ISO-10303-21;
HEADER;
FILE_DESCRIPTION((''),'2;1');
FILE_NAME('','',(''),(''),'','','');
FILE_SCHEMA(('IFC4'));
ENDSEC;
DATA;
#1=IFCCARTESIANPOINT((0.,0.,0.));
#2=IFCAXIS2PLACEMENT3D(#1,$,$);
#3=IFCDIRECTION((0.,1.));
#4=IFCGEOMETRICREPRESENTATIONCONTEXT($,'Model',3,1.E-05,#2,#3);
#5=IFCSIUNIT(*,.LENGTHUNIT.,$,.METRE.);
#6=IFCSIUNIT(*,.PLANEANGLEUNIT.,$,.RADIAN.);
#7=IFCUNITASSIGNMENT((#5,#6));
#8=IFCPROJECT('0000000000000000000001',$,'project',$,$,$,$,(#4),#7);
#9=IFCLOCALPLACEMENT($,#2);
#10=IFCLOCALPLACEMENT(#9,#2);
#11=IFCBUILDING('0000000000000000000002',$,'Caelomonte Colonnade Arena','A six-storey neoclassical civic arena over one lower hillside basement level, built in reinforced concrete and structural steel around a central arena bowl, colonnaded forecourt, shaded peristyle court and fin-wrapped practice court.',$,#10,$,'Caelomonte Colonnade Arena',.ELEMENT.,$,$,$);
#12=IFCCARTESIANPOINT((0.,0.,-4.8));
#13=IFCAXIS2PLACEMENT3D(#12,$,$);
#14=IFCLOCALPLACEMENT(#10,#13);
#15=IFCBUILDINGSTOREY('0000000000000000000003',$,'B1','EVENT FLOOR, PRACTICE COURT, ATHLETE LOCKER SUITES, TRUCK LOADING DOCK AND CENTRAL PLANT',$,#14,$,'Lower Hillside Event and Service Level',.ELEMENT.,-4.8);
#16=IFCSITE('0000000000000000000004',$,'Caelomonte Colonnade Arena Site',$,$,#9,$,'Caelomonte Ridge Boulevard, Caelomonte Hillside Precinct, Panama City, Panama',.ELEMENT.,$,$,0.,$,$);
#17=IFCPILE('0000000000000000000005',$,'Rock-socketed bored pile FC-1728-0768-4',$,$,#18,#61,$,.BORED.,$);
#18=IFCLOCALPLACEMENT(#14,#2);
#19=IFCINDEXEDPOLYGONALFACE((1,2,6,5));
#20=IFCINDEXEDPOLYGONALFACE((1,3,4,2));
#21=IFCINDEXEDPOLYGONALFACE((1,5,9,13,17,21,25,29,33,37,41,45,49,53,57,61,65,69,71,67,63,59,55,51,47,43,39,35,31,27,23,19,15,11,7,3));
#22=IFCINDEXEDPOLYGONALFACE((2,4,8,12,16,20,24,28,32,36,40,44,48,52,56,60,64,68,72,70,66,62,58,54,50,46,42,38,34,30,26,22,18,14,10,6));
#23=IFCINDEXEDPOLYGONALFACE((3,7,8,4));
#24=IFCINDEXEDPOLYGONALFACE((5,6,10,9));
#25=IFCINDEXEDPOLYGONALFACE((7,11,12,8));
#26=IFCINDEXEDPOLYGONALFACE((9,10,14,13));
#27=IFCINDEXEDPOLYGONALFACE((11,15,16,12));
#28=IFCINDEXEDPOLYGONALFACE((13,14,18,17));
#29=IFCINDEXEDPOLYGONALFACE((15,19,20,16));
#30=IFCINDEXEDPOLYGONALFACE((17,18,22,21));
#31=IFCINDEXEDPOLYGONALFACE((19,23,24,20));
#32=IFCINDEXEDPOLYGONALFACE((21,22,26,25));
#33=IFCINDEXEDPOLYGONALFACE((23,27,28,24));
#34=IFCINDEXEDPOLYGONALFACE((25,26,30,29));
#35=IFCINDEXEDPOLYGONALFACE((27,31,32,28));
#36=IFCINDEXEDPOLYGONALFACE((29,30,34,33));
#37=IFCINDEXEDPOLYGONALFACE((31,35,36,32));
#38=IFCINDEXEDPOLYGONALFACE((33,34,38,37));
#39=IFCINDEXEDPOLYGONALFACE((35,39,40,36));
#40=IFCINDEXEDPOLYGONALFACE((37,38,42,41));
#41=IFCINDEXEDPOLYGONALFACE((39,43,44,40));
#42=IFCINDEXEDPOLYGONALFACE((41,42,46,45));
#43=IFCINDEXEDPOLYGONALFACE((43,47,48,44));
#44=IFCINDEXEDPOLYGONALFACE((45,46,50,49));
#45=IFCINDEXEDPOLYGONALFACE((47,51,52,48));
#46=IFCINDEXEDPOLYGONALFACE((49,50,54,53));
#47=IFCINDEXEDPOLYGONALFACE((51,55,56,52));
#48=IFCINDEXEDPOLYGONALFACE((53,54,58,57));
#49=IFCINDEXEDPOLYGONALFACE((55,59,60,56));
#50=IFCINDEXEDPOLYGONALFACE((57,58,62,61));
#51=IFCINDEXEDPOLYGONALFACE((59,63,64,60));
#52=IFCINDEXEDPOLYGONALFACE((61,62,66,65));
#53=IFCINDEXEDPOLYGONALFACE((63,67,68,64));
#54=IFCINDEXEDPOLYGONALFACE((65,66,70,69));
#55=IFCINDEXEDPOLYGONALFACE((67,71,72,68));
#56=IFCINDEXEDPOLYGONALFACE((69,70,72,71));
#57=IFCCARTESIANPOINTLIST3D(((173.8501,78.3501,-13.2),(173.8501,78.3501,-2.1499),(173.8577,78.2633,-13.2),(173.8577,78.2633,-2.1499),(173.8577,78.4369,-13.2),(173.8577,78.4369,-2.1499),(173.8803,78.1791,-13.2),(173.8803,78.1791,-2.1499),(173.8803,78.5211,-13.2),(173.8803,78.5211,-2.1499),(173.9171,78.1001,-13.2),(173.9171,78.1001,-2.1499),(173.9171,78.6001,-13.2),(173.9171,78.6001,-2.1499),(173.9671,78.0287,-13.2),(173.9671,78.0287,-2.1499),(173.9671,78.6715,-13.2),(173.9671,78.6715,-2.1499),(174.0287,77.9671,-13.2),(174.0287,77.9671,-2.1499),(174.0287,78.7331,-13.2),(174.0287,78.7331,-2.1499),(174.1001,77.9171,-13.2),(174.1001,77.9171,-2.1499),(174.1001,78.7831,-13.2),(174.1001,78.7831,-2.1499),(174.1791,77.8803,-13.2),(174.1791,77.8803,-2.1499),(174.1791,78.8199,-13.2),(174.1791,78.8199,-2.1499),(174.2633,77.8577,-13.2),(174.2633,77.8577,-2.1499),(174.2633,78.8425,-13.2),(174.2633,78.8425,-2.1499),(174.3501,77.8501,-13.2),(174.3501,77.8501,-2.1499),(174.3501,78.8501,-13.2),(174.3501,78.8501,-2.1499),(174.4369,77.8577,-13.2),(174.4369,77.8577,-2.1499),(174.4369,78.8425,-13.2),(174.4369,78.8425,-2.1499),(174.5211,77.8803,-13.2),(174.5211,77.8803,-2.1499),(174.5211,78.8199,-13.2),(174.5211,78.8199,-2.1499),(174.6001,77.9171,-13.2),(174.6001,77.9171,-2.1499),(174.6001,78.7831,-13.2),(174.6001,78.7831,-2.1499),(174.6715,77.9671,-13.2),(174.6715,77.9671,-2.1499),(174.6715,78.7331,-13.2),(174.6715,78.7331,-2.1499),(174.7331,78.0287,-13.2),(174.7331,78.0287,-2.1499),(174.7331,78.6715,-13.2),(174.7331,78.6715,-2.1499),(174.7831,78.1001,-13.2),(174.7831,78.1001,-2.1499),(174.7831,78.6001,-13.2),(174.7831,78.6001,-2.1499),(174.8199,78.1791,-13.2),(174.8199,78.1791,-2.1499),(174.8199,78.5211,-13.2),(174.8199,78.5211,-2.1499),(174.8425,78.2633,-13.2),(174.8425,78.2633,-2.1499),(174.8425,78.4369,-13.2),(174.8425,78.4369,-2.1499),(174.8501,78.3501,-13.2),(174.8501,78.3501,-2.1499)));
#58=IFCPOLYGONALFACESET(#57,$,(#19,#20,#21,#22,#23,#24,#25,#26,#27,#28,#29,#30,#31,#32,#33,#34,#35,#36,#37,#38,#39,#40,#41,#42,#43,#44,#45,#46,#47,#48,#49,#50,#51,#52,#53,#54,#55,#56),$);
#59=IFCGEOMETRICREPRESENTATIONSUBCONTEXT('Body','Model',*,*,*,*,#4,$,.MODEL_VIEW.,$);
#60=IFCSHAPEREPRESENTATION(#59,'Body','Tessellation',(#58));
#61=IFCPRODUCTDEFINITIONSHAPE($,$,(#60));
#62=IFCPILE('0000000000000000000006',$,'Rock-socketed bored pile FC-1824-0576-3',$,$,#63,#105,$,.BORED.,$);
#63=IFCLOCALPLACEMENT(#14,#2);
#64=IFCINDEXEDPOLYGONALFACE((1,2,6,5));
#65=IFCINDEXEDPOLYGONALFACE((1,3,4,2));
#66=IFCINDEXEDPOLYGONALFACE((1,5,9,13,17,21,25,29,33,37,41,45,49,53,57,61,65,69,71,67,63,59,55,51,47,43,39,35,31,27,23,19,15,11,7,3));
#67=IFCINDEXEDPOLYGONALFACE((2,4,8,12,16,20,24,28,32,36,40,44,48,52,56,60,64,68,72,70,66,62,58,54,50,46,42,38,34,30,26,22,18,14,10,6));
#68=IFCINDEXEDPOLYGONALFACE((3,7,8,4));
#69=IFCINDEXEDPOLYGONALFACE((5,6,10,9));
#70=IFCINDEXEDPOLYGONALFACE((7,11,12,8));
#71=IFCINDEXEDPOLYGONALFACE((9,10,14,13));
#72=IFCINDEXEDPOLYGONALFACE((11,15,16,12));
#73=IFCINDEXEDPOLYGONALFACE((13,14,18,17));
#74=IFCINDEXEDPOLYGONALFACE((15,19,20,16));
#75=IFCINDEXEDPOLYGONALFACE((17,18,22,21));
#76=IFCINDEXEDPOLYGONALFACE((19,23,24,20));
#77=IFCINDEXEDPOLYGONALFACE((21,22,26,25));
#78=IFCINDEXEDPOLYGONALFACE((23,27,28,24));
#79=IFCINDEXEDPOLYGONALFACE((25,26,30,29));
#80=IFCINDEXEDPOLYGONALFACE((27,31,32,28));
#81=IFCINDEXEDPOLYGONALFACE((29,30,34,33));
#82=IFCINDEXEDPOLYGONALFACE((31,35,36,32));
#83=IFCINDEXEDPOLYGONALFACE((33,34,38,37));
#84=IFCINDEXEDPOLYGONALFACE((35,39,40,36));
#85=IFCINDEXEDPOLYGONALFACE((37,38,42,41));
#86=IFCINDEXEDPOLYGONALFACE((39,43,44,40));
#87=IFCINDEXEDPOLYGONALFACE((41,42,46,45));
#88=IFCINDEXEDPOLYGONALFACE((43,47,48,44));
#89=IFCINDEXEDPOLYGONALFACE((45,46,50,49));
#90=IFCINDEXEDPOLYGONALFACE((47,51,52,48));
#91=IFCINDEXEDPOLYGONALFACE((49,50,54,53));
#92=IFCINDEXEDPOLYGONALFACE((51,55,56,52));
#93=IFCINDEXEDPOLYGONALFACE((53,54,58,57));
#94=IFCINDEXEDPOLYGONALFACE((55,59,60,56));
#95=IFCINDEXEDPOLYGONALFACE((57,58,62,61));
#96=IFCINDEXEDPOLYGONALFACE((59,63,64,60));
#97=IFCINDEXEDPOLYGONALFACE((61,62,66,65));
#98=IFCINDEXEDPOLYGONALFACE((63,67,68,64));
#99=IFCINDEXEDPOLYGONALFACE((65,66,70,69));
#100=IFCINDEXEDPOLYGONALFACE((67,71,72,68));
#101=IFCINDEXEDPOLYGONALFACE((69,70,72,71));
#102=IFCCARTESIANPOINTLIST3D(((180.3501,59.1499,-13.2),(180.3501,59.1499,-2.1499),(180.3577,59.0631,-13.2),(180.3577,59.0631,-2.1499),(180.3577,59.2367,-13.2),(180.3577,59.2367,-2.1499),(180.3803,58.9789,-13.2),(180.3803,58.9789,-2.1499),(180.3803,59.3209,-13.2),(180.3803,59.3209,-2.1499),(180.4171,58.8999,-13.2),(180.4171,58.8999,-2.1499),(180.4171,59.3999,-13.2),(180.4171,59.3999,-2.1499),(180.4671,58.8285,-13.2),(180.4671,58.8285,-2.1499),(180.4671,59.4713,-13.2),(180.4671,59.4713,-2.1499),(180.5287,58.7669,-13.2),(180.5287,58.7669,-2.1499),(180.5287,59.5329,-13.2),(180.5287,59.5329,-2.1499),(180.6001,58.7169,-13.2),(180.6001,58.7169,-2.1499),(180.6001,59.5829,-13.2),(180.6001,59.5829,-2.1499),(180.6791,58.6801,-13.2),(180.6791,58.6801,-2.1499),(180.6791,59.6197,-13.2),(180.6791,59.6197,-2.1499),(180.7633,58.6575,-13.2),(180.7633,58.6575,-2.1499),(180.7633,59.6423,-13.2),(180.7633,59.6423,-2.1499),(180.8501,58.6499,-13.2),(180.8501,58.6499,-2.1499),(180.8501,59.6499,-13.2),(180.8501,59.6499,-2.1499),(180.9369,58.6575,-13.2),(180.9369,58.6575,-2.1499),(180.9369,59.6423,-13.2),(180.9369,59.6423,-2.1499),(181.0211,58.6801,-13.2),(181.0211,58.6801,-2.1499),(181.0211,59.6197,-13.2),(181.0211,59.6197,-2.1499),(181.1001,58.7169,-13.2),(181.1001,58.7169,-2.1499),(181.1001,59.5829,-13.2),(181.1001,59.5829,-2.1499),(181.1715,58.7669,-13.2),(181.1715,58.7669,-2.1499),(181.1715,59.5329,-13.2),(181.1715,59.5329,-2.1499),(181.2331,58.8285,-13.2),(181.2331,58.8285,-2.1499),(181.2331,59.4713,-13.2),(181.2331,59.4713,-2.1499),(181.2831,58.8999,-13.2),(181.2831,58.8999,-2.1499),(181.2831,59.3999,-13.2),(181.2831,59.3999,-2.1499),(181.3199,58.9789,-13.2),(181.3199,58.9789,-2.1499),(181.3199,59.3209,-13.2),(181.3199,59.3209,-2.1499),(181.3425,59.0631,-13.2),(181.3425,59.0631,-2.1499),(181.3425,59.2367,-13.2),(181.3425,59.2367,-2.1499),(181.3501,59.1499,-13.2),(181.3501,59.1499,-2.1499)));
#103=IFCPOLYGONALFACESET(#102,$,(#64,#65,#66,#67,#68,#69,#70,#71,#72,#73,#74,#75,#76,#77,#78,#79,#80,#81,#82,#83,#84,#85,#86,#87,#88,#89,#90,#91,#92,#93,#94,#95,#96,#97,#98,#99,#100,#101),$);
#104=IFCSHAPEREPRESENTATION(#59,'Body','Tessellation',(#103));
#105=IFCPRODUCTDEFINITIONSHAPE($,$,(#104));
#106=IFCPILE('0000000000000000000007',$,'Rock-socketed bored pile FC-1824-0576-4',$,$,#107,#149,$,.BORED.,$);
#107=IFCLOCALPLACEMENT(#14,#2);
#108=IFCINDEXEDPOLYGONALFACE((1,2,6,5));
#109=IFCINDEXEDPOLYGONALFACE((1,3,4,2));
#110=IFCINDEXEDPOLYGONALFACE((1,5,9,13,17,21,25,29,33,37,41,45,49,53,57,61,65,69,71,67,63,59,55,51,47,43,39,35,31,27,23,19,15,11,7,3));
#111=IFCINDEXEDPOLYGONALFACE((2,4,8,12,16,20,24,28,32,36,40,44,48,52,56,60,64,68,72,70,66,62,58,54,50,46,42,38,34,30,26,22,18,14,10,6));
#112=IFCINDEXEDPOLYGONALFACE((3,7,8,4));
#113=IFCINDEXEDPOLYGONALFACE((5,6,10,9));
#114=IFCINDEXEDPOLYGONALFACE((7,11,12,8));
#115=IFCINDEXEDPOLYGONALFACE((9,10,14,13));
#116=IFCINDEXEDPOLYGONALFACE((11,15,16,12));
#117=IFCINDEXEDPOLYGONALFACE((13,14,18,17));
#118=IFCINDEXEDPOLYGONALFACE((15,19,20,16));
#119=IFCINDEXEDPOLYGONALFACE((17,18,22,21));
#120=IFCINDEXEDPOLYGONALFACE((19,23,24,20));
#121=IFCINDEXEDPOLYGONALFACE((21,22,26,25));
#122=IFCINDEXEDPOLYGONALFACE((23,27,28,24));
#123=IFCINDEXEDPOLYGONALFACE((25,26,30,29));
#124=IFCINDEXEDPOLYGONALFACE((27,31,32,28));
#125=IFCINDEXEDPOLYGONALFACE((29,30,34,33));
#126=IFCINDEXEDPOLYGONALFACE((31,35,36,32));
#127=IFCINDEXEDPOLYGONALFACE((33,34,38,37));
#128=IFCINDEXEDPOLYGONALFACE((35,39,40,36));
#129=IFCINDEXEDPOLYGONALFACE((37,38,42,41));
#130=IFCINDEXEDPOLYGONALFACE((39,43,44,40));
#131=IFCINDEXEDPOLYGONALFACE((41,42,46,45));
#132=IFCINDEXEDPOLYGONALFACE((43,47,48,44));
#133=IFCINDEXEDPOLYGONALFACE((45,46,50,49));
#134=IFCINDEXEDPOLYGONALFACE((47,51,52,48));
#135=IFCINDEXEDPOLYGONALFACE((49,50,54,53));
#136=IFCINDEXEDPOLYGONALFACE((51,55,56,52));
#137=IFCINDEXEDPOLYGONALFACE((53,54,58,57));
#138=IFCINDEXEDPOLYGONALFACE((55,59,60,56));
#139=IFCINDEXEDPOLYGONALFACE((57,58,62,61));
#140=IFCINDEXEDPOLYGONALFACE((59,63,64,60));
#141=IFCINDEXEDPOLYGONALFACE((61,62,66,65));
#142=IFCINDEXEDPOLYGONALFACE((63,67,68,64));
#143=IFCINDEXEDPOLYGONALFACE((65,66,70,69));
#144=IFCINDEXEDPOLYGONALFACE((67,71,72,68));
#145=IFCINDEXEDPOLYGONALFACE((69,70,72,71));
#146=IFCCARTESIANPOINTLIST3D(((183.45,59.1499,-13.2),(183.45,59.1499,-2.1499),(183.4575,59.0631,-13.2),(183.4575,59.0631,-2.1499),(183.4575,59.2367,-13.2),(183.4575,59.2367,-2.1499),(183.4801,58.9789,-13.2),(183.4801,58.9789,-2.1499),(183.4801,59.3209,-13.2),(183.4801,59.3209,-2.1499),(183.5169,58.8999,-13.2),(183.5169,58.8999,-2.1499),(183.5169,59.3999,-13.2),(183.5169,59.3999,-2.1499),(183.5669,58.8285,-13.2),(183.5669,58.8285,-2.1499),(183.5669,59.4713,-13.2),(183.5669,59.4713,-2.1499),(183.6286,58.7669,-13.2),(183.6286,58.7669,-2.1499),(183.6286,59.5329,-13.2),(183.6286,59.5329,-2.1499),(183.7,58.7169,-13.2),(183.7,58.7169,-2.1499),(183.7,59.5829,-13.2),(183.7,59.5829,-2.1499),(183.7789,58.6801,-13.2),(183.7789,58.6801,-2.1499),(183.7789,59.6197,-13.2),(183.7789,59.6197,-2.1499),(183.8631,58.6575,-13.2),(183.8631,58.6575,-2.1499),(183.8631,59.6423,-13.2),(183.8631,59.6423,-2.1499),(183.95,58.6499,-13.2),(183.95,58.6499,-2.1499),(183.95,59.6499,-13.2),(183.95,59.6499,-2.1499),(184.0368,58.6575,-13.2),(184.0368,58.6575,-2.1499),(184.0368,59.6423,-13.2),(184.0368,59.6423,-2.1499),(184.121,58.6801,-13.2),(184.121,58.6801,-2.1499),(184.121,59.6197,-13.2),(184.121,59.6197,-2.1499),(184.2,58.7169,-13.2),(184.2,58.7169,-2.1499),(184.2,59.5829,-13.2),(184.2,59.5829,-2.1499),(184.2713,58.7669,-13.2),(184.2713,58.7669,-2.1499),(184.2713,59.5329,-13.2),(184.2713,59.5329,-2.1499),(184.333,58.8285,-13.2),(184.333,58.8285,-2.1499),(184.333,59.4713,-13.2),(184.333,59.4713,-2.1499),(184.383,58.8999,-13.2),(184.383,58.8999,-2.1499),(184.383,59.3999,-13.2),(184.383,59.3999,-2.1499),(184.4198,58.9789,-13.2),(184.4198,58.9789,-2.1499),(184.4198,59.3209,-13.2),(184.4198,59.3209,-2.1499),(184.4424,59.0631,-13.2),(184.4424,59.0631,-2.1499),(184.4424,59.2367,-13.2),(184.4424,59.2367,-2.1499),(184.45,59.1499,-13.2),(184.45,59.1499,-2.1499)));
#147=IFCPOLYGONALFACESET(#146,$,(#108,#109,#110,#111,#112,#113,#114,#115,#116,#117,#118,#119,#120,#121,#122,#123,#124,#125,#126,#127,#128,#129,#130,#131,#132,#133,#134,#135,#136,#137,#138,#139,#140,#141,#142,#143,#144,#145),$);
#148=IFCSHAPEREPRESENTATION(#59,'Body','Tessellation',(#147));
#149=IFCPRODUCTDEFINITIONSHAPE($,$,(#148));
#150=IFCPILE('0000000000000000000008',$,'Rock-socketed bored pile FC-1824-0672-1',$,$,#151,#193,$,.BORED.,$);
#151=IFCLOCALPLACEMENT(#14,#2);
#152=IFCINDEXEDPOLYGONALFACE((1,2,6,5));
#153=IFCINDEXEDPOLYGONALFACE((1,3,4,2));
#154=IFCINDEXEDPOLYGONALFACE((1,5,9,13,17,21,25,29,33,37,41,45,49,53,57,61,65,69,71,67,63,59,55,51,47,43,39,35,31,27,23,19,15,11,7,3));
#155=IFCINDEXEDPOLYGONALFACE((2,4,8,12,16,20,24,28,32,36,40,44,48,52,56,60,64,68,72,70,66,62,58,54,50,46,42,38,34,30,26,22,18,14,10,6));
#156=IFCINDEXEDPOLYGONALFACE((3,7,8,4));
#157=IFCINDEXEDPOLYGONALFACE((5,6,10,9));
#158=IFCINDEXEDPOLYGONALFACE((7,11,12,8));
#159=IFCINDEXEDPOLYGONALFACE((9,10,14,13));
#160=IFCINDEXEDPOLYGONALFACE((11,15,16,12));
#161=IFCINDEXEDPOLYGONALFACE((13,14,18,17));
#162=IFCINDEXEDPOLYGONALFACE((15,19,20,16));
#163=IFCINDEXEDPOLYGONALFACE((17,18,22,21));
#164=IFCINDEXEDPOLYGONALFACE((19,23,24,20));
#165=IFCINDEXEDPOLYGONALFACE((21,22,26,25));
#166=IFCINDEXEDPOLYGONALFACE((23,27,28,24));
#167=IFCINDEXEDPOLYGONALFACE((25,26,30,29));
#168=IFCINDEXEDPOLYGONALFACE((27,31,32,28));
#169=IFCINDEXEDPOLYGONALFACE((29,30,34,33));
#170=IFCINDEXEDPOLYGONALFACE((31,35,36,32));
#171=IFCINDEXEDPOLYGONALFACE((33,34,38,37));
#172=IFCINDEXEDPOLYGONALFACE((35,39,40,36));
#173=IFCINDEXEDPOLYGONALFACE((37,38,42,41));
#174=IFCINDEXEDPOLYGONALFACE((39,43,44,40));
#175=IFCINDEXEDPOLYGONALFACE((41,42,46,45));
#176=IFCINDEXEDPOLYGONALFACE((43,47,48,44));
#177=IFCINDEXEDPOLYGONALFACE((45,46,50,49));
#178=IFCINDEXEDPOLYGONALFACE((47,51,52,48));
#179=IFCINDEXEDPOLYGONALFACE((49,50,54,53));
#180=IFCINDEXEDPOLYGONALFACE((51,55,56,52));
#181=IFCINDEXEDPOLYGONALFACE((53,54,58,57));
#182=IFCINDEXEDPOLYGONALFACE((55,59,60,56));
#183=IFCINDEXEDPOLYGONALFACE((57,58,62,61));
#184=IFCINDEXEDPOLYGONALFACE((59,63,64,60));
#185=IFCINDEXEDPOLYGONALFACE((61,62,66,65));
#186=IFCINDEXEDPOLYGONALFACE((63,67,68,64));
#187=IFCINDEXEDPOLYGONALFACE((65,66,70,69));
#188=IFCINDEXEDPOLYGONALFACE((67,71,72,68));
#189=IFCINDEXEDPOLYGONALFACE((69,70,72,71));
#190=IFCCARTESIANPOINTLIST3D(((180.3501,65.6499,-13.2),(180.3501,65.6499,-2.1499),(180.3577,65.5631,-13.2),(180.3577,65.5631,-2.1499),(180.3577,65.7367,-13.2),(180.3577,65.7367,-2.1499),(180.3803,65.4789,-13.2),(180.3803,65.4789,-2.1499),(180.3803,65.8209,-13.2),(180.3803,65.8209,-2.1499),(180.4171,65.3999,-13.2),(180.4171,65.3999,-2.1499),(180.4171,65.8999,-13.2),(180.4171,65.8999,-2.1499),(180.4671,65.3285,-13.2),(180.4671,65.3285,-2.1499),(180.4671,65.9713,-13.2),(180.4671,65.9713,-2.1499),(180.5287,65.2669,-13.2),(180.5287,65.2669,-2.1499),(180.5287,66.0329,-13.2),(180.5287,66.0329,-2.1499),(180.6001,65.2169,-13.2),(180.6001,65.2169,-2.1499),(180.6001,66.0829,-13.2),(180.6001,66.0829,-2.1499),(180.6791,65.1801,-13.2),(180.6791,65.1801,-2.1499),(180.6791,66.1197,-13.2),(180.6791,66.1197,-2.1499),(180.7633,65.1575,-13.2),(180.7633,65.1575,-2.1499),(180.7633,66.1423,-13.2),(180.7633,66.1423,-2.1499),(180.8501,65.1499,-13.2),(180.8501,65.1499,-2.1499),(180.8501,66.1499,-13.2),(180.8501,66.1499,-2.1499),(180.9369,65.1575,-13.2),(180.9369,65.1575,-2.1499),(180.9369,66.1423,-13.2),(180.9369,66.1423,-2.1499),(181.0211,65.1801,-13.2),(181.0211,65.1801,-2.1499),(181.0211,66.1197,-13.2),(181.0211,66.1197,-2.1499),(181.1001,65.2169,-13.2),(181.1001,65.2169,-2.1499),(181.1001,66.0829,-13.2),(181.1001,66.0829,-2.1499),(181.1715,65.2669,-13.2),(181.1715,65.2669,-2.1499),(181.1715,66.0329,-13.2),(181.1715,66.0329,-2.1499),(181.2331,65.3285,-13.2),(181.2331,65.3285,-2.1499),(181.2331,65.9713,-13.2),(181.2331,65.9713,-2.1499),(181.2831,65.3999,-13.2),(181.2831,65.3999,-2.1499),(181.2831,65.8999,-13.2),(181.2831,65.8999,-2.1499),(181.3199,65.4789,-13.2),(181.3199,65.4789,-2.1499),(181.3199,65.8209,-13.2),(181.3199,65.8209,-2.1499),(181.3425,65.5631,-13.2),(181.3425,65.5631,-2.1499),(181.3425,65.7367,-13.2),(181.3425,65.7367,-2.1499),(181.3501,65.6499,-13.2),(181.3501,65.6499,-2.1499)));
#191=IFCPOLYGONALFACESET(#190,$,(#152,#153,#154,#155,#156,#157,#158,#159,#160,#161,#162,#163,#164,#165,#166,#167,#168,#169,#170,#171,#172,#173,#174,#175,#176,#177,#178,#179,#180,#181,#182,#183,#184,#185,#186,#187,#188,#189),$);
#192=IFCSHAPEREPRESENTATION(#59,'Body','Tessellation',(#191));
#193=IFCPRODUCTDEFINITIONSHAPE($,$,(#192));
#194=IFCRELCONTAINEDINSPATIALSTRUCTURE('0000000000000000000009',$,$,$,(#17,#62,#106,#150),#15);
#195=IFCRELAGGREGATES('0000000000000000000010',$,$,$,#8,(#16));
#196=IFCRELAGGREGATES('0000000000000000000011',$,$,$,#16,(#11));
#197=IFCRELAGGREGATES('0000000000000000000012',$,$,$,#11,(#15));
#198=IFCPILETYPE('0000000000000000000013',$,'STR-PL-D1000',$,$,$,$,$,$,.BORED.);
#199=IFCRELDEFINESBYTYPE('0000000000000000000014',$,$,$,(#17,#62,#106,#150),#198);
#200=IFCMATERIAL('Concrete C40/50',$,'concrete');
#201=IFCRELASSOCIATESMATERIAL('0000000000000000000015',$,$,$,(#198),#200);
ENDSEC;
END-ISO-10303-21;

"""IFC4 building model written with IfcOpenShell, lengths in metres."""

from ifc_helpers import new_model, si_unit, direction, frame, origin, origin_2d, place, context, subcontext, project, spatial, circle, extrude, material, material_profile, profile_set, type_object, element, save


model = new_model("IFC4")

# Units and contexts
model_context = context("Model", 3, precision=1e-05, world=origin(), true_north=direction((0.0, 1.0)))
body_context = subcontext(model_context, "Body", "Model", "MODEL_VIEW")
ifc_project = project(units=[si_unit("LENGTHUNIT", "METRE"), si_unit("PLANEANGLEUNIT", "RADIAN")], contexts=[model_context])

# Site, building, storey
site_placement = place(None, origin())
site = spatial("IfcSite", under=ifc_project, at=site_placement, Name="Caelomonte Colonnade Arena Site", LongName="Caelomonte Ridge Boulevard, Caelomonte Hillside Precinct, Panama City, Panama", CompositionType="ELEMENT", RefElevation=0.0)
building_placement = place(site_placement, origin())
building = spatial("IfcBuilding", under=site, at=building_placement, Name="Caelomonte Colonnade Arena", Description="A six-storey neoclassical civic arena over one lower hillside basement level, built in reinforced concrete and structural steel around a central arena bowl, colonnaded forecourt, shaded peristyle court and fin-wrapped practice court.", LongName="Caelomonte Colonnade Arena", CompositionType="ELEMENT")
storey_placement = place(building_placement, frame((0.0, 0.0, -4.8)))
storey = spatial("IfcBuildingStorey", under=building, at=storey_placement, Name="B1", Description="EVENT FLOOR, PRACTICE COURT, ATHLETE LOCKER SUITES, TRUCK LOADING DOCK AND CENTRAL PLANT", LongName="Lower Hillside Event and Service Level", CompositionType="ELEMENT", Elevation=-4.8)

# Shared definitions
ifc_material_1 = material(Name="Concrete C40/50", Category="concrete")

# Piles
ifc_material_profile_1 = material_profile(ifc_material_1, circle(Radius=0.5, at=origin_2d()), Name="PILE-D1000")
ifc_profile_set_1 = profile_set([ifc_material_profile_1], Name="Concrete C40/50")
pile_type = type_object("IfcPileType", Name="STR-PL-D1000", PredefinedType="BORED", material=ifc_profile_set_1)
for number, where, z_axis, x_axis, name in (
    (1, (174.3501, 78.3501, -2.1499), (0.0, 0.0, -1.0), (1.0, 0.0, 0.0), "Rock-socketed bored pile FC-1728-0768-4"),
    (2, (180.8501, 59.1499, -2.1499), (0.0, 0.0, -1.0), (1.0, 0.0, 0.0), "Rock-socketed bored pile FC-1824-0576-3"),
    (3, (183.95, 59.1499, -2.1499), (0.0, 0.0, -1.0), (1.0, 0.0, 0.0), "Rock-socketed bored pile FC-1824-0576-4"),
    (4, (180.8501, 65.6499, -2.1499), (0.0, 0.0, -1.0), (1.0, 0.0, 0.0), "Rock-socketed bored pile FC-1824-0672-1"),
):
    element("IfcPile", number, at=place(storey_placement, frame(where, z_axis=z_axis, x_axis=x_axis)), inside=storey, type_object=pile_type, Name=name, PredefinedType="BORED", context=body_context, shape_type="SweptSolid", body=[
        extrude(circle(Radius=0.5, at=origin_2d()), origin(), (0.0, 0.0, 1.0), 11.05),
    ])

save(model, "model.ifc")
